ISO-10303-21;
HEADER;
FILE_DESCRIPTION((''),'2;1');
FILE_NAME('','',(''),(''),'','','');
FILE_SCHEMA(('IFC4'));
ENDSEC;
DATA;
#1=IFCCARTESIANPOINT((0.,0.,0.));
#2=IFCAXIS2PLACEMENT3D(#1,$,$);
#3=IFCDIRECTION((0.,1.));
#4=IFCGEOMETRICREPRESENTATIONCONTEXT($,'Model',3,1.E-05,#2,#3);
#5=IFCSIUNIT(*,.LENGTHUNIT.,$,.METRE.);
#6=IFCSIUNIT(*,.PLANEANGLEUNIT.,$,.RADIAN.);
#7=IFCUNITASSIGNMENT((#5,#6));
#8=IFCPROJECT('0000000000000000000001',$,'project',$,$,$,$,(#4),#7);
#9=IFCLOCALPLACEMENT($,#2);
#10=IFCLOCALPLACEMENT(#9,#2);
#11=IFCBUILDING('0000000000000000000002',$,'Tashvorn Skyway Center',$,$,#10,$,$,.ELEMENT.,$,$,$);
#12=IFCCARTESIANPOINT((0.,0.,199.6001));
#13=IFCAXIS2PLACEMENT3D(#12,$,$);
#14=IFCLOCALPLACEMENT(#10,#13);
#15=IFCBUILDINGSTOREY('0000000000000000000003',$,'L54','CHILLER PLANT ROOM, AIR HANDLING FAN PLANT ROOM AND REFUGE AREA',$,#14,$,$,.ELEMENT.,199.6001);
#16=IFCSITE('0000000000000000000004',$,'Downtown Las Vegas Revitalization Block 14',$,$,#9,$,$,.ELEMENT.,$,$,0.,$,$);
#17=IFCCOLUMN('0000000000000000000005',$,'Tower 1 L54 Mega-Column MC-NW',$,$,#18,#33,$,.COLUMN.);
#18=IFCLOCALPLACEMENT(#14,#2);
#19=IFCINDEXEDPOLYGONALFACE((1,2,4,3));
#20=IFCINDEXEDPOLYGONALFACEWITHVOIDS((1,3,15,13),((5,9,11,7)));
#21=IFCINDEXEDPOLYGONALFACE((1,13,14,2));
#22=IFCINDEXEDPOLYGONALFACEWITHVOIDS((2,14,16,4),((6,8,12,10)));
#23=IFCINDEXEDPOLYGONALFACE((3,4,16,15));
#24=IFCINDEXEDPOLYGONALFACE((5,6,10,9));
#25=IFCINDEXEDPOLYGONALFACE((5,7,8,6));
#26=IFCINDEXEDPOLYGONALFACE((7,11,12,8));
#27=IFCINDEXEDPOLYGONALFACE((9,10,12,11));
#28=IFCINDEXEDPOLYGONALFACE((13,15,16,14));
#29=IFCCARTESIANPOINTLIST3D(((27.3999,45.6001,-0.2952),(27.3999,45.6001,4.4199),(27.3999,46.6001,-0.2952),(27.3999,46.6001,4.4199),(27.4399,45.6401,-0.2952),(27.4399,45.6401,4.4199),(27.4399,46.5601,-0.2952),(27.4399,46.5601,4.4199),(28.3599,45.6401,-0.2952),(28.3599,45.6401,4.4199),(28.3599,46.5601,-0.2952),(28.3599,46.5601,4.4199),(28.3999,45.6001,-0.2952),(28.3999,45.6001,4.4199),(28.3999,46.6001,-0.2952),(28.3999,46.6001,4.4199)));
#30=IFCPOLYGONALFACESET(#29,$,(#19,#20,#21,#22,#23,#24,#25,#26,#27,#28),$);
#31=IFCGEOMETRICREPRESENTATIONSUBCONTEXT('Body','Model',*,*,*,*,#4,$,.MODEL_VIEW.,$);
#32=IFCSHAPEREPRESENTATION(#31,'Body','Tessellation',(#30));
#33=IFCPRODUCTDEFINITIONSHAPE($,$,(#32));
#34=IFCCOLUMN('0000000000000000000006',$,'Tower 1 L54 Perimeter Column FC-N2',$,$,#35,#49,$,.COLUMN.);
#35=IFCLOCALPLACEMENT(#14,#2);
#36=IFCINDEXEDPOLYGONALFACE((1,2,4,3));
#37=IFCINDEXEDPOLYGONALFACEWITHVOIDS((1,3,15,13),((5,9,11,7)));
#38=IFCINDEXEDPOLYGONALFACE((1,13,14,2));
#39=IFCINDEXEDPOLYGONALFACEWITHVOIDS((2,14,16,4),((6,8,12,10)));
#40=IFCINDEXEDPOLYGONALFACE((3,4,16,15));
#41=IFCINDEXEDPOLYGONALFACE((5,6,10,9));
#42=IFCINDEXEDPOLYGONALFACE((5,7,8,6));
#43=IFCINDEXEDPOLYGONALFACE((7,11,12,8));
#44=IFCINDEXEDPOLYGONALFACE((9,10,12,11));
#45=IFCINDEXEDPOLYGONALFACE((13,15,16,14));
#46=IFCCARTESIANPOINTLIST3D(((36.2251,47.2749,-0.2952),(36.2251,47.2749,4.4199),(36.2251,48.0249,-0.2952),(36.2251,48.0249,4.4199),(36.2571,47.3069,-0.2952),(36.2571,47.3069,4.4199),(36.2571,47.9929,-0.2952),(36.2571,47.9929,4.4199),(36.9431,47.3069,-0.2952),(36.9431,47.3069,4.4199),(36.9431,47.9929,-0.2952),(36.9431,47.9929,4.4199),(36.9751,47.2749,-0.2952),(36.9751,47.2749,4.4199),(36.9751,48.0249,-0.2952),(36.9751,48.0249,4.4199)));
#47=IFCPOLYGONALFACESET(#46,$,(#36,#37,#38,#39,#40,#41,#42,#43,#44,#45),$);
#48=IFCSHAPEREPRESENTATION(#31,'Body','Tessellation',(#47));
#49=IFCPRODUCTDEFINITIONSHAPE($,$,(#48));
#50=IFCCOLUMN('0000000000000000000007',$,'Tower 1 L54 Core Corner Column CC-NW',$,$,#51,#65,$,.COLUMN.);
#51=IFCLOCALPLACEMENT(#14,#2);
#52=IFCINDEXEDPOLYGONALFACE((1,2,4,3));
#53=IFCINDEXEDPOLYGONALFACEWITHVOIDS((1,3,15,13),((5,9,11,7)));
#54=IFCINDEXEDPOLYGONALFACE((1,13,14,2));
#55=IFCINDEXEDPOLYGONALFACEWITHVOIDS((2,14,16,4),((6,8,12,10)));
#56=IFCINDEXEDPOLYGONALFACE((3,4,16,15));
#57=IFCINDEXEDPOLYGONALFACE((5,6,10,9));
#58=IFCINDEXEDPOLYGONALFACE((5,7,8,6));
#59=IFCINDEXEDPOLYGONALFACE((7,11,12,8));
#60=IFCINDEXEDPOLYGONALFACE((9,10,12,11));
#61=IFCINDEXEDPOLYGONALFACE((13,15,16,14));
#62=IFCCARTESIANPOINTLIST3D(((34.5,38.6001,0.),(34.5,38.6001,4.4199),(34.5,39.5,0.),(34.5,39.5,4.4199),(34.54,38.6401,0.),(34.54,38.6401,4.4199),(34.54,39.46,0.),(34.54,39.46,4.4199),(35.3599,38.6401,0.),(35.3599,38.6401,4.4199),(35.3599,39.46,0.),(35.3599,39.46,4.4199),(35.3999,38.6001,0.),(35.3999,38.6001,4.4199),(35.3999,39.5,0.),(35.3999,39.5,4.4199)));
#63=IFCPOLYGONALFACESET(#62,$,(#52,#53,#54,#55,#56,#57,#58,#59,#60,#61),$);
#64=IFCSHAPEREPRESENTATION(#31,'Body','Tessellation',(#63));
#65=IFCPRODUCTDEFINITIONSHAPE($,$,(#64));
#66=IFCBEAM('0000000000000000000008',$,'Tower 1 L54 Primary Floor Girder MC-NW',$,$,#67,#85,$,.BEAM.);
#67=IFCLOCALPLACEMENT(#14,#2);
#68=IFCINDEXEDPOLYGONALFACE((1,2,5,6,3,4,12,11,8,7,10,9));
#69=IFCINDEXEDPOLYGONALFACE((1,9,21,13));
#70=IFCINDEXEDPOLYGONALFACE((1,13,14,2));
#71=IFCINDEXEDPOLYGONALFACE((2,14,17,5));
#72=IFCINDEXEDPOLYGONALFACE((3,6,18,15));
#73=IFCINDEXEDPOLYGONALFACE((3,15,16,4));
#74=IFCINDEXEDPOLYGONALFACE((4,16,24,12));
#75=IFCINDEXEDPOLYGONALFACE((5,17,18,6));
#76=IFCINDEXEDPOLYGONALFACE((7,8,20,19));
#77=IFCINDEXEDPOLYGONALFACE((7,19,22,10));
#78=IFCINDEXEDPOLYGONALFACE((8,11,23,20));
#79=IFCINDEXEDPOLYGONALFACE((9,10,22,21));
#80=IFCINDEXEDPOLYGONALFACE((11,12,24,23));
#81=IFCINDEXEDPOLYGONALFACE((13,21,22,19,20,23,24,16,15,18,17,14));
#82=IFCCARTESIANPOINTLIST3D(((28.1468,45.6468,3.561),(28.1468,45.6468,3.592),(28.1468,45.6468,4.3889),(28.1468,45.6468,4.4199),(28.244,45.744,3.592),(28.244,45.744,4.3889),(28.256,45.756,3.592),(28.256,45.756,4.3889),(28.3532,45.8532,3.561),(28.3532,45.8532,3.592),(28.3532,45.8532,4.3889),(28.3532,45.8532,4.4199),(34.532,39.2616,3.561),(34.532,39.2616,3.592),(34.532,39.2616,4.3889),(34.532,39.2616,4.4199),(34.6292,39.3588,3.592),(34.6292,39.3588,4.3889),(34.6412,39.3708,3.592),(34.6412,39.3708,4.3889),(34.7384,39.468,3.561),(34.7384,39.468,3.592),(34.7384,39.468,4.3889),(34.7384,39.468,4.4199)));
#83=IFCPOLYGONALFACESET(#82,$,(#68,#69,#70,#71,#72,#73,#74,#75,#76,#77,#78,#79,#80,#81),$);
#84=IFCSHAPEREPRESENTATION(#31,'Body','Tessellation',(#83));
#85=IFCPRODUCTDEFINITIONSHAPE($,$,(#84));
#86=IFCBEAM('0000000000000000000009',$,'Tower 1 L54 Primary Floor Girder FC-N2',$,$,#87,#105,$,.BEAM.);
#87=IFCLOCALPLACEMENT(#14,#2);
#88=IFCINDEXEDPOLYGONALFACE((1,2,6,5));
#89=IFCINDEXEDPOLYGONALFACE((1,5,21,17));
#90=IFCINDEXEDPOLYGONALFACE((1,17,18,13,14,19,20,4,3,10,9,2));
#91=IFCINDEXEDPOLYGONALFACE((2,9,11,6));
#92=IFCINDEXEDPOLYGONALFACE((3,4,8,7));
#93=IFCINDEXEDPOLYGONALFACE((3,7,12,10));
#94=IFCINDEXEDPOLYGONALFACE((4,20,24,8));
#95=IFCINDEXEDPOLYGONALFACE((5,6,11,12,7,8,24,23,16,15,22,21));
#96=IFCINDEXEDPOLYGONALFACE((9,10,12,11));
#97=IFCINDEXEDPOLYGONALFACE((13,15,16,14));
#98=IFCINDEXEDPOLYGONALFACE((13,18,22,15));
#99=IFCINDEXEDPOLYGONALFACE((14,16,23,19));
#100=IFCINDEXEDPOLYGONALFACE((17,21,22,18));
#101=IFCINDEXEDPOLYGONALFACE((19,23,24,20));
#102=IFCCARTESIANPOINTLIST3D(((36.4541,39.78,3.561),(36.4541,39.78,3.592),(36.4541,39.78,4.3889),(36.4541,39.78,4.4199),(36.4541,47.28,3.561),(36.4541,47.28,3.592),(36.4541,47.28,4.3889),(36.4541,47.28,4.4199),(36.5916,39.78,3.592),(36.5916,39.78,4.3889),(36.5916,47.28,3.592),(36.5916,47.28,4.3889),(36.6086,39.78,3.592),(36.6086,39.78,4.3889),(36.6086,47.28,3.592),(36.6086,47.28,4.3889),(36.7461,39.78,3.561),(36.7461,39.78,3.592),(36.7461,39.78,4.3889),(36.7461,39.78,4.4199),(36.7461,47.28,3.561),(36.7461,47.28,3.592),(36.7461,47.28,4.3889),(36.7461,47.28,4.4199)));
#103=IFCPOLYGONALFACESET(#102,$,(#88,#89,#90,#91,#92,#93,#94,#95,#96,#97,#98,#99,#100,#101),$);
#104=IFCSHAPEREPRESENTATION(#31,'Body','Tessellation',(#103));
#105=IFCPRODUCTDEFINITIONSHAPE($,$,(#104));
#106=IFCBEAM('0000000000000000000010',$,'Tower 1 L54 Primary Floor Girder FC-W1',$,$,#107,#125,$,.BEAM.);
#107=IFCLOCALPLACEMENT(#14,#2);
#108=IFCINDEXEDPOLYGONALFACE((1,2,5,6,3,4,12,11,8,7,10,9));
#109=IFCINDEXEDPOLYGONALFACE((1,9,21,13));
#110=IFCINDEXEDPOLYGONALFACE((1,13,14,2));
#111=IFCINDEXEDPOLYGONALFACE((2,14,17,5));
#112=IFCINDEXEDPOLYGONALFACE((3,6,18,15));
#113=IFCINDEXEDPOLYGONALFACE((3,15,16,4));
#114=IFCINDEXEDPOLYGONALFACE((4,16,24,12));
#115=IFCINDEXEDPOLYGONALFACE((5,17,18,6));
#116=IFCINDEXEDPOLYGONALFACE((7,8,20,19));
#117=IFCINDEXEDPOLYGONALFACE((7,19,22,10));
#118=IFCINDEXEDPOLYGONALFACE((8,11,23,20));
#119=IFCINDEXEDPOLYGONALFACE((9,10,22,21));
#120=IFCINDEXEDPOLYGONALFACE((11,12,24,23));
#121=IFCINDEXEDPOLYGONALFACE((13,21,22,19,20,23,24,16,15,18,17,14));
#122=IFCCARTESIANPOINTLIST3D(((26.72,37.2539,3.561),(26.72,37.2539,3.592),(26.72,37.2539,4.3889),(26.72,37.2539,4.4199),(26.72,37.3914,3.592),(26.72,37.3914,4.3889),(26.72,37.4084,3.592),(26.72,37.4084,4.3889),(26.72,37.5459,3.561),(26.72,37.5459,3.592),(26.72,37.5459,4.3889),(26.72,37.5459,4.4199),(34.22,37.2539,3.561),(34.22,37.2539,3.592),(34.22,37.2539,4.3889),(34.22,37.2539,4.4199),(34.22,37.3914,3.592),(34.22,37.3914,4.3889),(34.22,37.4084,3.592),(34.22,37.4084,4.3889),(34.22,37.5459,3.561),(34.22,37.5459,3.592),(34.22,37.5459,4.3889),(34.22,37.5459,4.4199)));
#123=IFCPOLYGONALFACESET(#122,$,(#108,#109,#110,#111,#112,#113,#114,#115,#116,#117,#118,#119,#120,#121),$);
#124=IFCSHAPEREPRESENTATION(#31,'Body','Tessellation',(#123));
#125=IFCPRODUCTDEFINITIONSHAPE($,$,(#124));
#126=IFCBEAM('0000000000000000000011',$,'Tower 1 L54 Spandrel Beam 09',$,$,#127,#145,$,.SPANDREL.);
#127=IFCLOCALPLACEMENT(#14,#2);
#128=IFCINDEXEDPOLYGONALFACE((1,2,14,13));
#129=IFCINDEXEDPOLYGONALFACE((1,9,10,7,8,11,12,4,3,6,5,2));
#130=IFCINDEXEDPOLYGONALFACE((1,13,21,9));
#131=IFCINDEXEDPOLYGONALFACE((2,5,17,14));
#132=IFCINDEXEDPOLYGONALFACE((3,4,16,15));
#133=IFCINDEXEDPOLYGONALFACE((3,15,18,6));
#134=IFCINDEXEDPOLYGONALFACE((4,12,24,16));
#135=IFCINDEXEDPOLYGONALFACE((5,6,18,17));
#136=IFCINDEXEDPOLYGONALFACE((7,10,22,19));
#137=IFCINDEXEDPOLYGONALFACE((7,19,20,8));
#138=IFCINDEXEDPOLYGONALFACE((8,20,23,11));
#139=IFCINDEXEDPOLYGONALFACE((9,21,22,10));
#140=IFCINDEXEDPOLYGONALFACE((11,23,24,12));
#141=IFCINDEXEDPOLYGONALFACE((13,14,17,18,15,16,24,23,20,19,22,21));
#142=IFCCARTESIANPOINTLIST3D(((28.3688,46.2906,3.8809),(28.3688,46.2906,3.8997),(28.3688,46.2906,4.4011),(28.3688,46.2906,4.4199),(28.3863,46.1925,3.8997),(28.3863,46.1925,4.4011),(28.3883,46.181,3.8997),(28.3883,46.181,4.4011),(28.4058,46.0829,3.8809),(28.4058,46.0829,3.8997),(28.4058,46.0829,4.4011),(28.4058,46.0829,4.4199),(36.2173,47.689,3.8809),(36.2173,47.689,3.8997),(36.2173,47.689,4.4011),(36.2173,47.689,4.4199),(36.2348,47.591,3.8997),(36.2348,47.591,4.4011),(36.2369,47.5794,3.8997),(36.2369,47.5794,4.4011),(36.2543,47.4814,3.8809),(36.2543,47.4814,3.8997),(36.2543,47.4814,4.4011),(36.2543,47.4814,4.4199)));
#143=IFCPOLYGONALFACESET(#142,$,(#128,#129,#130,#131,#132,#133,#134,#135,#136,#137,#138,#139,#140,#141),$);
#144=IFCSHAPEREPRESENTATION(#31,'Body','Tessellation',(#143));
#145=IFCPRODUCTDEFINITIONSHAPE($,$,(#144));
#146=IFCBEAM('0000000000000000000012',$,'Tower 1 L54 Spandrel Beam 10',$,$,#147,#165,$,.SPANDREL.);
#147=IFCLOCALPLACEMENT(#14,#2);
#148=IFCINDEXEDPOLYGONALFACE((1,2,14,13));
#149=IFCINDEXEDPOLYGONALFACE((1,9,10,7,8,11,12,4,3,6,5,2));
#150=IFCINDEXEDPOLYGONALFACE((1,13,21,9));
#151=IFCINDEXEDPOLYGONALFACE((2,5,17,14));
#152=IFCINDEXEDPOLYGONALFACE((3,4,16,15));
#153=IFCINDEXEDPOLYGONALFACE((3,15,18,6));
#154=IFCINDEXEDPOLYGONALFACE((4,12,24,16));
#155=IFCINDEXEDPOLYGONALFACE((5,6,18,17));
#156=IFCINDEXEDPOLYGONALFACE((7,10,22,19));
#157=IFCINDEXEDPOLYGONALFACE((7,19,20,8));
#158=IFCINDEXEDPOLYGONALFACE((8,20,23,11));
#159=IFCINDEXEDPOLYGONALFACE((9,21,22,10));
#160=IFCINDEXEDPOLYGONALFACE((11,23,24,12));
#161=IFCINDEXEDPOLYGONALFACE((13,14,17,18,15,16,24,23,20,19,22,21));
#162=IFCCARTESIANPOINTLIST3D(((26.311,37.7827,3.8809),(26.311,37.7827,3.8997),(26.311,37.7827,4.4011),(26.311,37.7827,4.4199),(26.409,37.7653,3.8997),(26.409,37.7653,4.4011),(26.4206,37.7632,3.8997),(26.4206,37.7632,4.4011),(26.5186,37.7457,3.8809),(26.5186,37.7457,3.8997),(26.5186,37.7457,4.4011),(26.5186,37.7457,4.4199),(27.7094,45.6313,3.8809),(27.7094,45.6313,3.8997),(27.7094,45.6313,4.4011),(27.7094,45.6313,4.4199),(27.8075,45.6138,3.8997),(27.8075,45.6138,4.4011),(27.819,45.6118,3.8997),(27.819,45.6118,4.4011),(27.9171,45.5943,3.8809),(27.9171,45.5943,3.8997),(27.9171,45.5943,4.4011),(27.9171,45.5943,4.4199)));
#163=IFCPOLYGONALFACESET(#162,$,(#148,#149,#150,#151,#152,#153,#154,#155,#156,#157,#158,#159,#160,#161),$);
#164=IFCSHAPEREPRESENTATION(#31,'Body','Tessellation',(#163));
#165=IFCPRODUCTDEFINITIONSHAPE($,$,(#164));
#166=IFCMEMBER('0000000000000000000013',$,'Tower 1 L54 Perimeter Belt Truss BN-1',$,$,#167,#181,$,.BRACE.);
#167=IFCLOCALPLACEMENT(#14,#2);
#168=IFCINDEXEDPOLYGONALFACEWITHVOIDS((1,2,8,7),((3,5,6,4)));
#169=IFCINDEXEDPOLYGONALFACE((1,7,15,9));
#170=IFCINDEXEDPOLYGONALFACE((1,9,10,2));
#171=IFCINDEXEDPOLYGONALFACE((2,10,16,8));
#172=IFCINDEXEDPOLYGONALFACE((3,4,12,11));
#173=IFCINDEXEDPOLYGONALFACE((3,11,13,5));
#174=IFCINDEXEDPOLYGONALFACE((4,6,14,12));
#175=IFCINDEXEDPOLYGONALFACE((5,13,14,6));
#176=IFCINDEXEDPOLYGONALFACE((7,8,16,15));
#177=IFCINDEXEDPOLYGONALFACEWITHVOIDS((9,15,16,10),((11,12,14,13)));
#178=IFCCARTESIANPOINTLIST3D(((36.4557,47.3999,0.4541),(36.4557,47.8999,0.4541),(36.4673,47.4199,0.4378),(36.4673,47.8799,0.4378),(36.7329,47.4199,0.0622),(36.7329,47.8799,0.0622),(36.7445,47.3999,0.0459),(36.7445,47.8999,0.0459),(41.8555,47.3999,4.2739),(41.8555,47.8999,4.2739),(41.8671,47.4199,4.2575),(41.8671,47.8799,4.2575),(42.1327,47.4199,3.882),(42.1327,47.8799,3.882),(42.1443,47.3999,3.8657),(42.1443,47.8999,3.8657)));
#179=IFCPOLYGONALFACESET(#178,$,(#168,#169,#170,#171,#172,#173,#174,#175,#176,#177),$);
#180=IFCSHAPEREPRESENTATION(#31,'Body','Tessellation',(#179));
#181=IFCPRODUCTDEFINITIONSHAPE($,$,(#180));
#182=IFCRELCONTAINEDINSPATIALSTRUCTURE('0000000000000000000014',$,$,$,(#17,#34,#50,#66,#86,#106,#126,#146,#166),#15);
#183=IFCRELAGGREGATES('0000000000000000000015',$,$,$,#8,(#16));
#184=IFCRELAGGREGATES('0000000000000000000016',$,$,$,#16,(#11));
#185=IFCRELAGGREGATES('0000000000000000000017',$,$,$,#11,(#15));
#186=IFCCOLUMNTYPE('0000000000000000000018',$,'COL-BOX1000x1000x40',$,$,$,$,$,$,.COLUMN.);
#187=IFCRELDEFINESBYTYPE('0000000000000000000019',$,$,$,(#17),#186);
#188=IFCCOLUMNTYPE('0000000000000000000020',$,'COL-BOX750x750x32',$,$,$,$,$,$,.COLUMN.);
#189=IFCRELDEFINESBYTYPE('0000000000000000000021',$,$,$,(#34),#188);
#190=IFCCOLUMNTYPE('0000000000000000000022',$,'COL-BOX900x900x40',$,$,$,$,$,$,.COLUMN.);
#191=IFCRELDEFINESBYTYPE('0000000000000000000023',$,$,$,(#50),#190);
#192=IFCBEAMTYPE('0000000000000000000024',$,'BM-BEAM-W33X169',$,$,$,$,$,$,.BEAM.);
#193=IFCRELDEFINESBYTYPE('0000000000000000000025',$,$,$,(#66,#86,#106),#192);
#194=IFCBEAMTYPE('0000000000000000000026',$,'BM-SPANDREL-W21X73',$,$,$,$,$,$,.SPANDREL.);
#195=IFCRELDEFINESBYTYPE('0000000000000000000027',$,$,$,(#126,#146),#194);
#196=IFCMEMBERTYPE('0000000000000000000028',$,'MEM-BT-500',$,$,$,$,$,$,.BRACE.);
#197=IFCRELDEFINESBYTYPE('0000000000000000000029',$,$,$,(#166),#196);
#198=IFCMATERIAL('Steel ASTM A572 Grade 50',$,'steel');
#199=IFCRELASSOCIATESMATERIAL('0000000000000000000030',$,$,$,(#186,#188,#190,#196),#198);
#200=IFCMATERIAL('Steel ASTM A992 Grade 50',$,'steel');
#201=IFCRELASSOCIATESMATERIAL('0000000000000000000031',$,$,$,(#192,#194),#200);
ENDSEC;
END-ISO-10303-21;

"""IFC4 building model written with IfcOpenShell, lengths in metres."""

from ifc_helpers import new_model, si_unit, direction, frame, origin, origin_2d, place, context, subcontext, project, spatial, hollow_rectangle, i_section, extrude, material, material_profile, profile_set, type_object, element, save


model = new_model("IFC4")

# Units and contexts
model_context = context("Model", 3, precision=1e-05, world=origin(), true_north=direction((0.0, 1.0)))
body_context = subcontext(model_context, "Body", "Model", "MODEL_VIEW")
ifc_project = project(units=[si_unit("LENGTHUNIT", "METRE"), si_unit("PLANEANGLEUNIT", "RADIAN")], contexts=[model_context])

# Site, building, storey
site_placement = place(None, origin())
site = spatial("IfcSite", under=ifc_project, at=site_placement, Name="Downtown Las Vegas Revitalization Block 14", CompositionType="ELEMENT", RefElevation=0.0)
building_placement = place(site_placement, origin())
building = spatial("IfcBuilding", under=site, at=building_placement, Name="Tashvorn Skyway Center", CompositionType="ELEMENT")
storey_placement = place(building_placement, frame((0.0, 0.0, 199.6001)))
storey = spatial("IfcBuildingStorey", under=building, at=storey_placement, Name="L54", Description="CHILLER PLANT ROOM, AIR HANDLING FAN PLANT ROOM AND REFUGE AREA", CompositionType="ELEMENT", Elevation=199.6001)

# Columns
ifc_material_1 = material(Name="Steel ASTM A572 Grade 50", Category="steel")
ifc_material_profile_1 = material_profile(ifc_material_1, hollow_rectangle(XDim=1.0, YDim=1.0, WallThickness=0.04, at=origin_2d()), Name="BOX1000x1000x40")
ifc_profile_set_1 = profile_set([ifc_material_profile_1], Name="Steel ASTM A572 Grade 50")
column_type_1 = type_object("IfcColumnType", Name="COL-BOX1000x1000x40", PredefinedType="COLUMN", material=ifc_profile_set_1)
column_1_placement = place(storey_placement, frame((27.8999, 46.1001, -0.2952), z_axis=(0.0, 0.0, 1.0), x_axis=(1.0, 0.0, 0.0)))
element("IfcColumn", 1, at=column_1_placement, inside=storey, type_object=column_type_1, Name="Tower 1 L54 Mega-Column MC-NW", PredefinedType="COLUMN", context=body_context, shape_type="SweptSolid", body=[
    extrude(hollow_rectangle(XDim=1.0, YDim=1.0, WallThickness=0.04, at=origin_2d()), origin(), (0.0, 0.0, 1.0), 4.7151),
])
ifc_material_profile_2 = material_profile(ifc_material_1, hollow_rectangle(XDim=0.75, YDim=0.75, WallThickness=0.032, at=origin_2d()), Name="BOX750x750x32")
ifc_profile_set_2 = profile_set([ifc_material_profile_2], Name="Steel ASTM A572 Grade 50")
column_type_2 = type_object("IfcColumnType", Name="COL-BOX750x750x32", PredefinedType="COLUMN", material=ifc_profile_set_2)
column_2_placement = place(storey_placement, frame((36.6001, 47.6499, -0.2952), z_axis=(0.0, 0.0, 1.0), x_axis=(1.0, 0.0, 0.0)))
element("IfcColumn", 2, at=column_2_placement, inside=storey, type_object=column_type_2, Name="Tower 1 L54 Perimeter Column FC-N2", PredefinedType="COLUMN", context=body_context, shape_type="SweptSolid", body=[
    extrude(hollow_rectangle(XDim=0.75, YDim=0.75, WallThickness=0.032, at=origin_2d()), origin(), (0.0, 0.0, 1.0), 4.7151),
])
ifc_material_profile_3 = material_profile(ifc_material_1, hollow_rectangle(XDim=0.8999, YDim=0.8999, WallThickness=0.04, at=origin_2d()), Name="BOX900x900x40")
ifc_profile_set_3 = profile_set([ifc_material_profile_3], Name="Steel ASTM A572 Grade 50")
column_type_3 = type_object("IfcColumnType", Name="COL-BOX900x900x40", PredefinedType="COLUMN", material=ifc_profile_set_3)
column_3_placement = place(storey_placement, frame((34.95, 39.05, 0.0), z_axis=(0.0, 0.0, 1.0), x_axis=(1.0, 0.0, 0.0)))
element("IfcColumn", 3, at=column_3_placement, inside=storey, type_object=column_type_3, Name="Tower 1 L54 Core Corner Column CC-NW", PredefinedType="COLUMN", context=body_context, shape_type="SweptSolid", body=[
    extrude(hollow_rectangle(XDim=0.8999, YDim=0.8999, WallThickness=0.04, at=origin_2d()), origin(), (0.0, 0.0, 1.0), 4.4199),
])

# Beams
ifc_material_2 = material(Name="Steel ASTM A992 Grade 50", Category="steel")
ifc_material_profile_4 = material_profile(ifc_material_2, i_section(OverallWidth=0.292, OverallDepth=0.8589, WebThickness=0.0171, FlangeThickness=0.031, at=origin_2d()), Name="W33X169")
ifc_profile_set_4 = profile_set([ifc_material_profile_4], Name="Steel ASTM A992 Grade 50")
beam_type_1 = type_object("IfcBeamType", Name="BM-BEAM-W33X169", PredefinedType="BEAM", material=ifc_profile_set_4)
beam_placement = place(storey_placement, frame((28.25, 45.75, 3.9905), z_axis=(0.707107, -0.707107, 0.0), x_axis=(0.707107, 0.707107, 0.0)))
element("IfcBeam", 4, at=beam_placement, inside=storey, type_object=beam_type_1, Name="Tower 1 L54 Primary Floor Girder MC-NW", PredefinedType="BEAM", context=body_context, shape_type="SweptSolid", body=[
    extrude(i_section(OverallWidth=0.292, OverallDepth=0.8589, WebThickness=0.0171, FlangeThickness=0.031, at=origin_2d()), origin(), (0.0, 0.0, 1.0), 9.03),
])
for number, where, z_axis, x_axis, name in (
    (5, (36.6001, 47.28, 3.9905), (0.0, -1.0, 0.0), (1.0, 0.0, 0.0), "Tower 1 L54 Primary Floor Girder FC-N2"),
    (6, (26.72, 37.3999, 3.9905), (1.0, 0.0, 0.0), (0.0, 1.0, 0.0), "Tower 1 L54 Primary Floor Girder FC-W1"),
):
    element("IfcBeam", number, at=place(storey_placement, frame(where, z_axis=z_axis, x_axis=x_axis)), inside=storey, type_object=beam_type_1, Name=name, PredefinedType="BEAM", context=body_context, shape_type="SweptSolid", body=[
        extrude(i_section(OverallWidth=0.292, OverallDepth=0.8589, WebThickness=0.0171, FlangeThickness=0.031, at=origin_2d()), origin(), (0.0, 0.0, 1.0), 7.5),
    ])
ifc_material_profile_5 = material_profile(ifc_material_2, i_section(OverallWidth=0.2109, OverallDepth=0.5391, WebThickness=0.0117, FlangeThickness=0.0188, at=origin_2d()), Name="W21X73")
ifc_profile_set_5 = profile_set([ifc_material_profile_5], Name="Steel ASTM A992 Grade 50")
beam_type_2 = type_object("IfcBeamType", Name="BM-SPANDREL-W21X73", PredefinedType="SPANDREL", material=ifc_profile_set_5)
for number, where, z_axis, x_axis, name in (
    (7, (36.2358, 47.5852, 4.1504), (-0.984495, -0.175413, 0.0), (0.175413, -0.984495, 0.0), "Tower 1 L54 Spandrel Beam 09"),
    (8, (27.8132, 45.6128, 4.1504), (-0.175413, -0.984495, 0.0), (0.984495, -0.175413, 0.0), "Tower 1 L54 Spandrel Beam 10"),
):
    element("IfcBeam", number, at=place(storey_placement, frame(where, z_axis=z_axis, x_axis=x_axis)), inside=storey, type_object=beam_type_2, Name=name, PredefinedType="SPANDREL", context=body_context, shape_type="SweptSolid", body=[
        extrude(i_section(OverallWidth=0.2109, OverallDepth=0.5391, WebThickness=0.0117, FlangeThickness=0.0188, at=origin_2d()), origin(), (0.0, 0.0, 1.0), 7.9722),
    ])

# Member
ifc_material_profile_6 = material_profile(ifc_material_1, hollow_rectangle(XDim=0.5, YDim=0.5, WallThickness=0.02, at=origin_2d()), Name="HSS500x500x20")
ifc_profile_set_6 = profile_set([ifc_material_profile_6], Name="Steel ASTM A572 Grade 50")
member_type_1 = type_object("IfcMemberType", Name="MEM-BT-500", PredefinedType="BRACE", material=ifc_profile_set_6)
member_1_placement = place(storey_placement, frame((36.6001, 47.6499, 0.25), z_axis=(0.816388, 0.0, 0.577503), x_axis=(0.0, 1.0, 0.0)))
element("IfcMember", 9, at=member_1_placement, inside=storey, type_object=member_type_1, Name="Tower 1 L54 Perimeter Belt Truss BN-1", PredefinedType="BRACE", context=body_context, shape_type="SweptSolid", body=[
    extrude(hollow_rectangle(XDim=0.5, YDim=0.5, WallThickness=0.02, at=origin_2d()), origin(), (0.0, 0.0, 1.0), 6.6143),
])

save(model, "model.ifc")
